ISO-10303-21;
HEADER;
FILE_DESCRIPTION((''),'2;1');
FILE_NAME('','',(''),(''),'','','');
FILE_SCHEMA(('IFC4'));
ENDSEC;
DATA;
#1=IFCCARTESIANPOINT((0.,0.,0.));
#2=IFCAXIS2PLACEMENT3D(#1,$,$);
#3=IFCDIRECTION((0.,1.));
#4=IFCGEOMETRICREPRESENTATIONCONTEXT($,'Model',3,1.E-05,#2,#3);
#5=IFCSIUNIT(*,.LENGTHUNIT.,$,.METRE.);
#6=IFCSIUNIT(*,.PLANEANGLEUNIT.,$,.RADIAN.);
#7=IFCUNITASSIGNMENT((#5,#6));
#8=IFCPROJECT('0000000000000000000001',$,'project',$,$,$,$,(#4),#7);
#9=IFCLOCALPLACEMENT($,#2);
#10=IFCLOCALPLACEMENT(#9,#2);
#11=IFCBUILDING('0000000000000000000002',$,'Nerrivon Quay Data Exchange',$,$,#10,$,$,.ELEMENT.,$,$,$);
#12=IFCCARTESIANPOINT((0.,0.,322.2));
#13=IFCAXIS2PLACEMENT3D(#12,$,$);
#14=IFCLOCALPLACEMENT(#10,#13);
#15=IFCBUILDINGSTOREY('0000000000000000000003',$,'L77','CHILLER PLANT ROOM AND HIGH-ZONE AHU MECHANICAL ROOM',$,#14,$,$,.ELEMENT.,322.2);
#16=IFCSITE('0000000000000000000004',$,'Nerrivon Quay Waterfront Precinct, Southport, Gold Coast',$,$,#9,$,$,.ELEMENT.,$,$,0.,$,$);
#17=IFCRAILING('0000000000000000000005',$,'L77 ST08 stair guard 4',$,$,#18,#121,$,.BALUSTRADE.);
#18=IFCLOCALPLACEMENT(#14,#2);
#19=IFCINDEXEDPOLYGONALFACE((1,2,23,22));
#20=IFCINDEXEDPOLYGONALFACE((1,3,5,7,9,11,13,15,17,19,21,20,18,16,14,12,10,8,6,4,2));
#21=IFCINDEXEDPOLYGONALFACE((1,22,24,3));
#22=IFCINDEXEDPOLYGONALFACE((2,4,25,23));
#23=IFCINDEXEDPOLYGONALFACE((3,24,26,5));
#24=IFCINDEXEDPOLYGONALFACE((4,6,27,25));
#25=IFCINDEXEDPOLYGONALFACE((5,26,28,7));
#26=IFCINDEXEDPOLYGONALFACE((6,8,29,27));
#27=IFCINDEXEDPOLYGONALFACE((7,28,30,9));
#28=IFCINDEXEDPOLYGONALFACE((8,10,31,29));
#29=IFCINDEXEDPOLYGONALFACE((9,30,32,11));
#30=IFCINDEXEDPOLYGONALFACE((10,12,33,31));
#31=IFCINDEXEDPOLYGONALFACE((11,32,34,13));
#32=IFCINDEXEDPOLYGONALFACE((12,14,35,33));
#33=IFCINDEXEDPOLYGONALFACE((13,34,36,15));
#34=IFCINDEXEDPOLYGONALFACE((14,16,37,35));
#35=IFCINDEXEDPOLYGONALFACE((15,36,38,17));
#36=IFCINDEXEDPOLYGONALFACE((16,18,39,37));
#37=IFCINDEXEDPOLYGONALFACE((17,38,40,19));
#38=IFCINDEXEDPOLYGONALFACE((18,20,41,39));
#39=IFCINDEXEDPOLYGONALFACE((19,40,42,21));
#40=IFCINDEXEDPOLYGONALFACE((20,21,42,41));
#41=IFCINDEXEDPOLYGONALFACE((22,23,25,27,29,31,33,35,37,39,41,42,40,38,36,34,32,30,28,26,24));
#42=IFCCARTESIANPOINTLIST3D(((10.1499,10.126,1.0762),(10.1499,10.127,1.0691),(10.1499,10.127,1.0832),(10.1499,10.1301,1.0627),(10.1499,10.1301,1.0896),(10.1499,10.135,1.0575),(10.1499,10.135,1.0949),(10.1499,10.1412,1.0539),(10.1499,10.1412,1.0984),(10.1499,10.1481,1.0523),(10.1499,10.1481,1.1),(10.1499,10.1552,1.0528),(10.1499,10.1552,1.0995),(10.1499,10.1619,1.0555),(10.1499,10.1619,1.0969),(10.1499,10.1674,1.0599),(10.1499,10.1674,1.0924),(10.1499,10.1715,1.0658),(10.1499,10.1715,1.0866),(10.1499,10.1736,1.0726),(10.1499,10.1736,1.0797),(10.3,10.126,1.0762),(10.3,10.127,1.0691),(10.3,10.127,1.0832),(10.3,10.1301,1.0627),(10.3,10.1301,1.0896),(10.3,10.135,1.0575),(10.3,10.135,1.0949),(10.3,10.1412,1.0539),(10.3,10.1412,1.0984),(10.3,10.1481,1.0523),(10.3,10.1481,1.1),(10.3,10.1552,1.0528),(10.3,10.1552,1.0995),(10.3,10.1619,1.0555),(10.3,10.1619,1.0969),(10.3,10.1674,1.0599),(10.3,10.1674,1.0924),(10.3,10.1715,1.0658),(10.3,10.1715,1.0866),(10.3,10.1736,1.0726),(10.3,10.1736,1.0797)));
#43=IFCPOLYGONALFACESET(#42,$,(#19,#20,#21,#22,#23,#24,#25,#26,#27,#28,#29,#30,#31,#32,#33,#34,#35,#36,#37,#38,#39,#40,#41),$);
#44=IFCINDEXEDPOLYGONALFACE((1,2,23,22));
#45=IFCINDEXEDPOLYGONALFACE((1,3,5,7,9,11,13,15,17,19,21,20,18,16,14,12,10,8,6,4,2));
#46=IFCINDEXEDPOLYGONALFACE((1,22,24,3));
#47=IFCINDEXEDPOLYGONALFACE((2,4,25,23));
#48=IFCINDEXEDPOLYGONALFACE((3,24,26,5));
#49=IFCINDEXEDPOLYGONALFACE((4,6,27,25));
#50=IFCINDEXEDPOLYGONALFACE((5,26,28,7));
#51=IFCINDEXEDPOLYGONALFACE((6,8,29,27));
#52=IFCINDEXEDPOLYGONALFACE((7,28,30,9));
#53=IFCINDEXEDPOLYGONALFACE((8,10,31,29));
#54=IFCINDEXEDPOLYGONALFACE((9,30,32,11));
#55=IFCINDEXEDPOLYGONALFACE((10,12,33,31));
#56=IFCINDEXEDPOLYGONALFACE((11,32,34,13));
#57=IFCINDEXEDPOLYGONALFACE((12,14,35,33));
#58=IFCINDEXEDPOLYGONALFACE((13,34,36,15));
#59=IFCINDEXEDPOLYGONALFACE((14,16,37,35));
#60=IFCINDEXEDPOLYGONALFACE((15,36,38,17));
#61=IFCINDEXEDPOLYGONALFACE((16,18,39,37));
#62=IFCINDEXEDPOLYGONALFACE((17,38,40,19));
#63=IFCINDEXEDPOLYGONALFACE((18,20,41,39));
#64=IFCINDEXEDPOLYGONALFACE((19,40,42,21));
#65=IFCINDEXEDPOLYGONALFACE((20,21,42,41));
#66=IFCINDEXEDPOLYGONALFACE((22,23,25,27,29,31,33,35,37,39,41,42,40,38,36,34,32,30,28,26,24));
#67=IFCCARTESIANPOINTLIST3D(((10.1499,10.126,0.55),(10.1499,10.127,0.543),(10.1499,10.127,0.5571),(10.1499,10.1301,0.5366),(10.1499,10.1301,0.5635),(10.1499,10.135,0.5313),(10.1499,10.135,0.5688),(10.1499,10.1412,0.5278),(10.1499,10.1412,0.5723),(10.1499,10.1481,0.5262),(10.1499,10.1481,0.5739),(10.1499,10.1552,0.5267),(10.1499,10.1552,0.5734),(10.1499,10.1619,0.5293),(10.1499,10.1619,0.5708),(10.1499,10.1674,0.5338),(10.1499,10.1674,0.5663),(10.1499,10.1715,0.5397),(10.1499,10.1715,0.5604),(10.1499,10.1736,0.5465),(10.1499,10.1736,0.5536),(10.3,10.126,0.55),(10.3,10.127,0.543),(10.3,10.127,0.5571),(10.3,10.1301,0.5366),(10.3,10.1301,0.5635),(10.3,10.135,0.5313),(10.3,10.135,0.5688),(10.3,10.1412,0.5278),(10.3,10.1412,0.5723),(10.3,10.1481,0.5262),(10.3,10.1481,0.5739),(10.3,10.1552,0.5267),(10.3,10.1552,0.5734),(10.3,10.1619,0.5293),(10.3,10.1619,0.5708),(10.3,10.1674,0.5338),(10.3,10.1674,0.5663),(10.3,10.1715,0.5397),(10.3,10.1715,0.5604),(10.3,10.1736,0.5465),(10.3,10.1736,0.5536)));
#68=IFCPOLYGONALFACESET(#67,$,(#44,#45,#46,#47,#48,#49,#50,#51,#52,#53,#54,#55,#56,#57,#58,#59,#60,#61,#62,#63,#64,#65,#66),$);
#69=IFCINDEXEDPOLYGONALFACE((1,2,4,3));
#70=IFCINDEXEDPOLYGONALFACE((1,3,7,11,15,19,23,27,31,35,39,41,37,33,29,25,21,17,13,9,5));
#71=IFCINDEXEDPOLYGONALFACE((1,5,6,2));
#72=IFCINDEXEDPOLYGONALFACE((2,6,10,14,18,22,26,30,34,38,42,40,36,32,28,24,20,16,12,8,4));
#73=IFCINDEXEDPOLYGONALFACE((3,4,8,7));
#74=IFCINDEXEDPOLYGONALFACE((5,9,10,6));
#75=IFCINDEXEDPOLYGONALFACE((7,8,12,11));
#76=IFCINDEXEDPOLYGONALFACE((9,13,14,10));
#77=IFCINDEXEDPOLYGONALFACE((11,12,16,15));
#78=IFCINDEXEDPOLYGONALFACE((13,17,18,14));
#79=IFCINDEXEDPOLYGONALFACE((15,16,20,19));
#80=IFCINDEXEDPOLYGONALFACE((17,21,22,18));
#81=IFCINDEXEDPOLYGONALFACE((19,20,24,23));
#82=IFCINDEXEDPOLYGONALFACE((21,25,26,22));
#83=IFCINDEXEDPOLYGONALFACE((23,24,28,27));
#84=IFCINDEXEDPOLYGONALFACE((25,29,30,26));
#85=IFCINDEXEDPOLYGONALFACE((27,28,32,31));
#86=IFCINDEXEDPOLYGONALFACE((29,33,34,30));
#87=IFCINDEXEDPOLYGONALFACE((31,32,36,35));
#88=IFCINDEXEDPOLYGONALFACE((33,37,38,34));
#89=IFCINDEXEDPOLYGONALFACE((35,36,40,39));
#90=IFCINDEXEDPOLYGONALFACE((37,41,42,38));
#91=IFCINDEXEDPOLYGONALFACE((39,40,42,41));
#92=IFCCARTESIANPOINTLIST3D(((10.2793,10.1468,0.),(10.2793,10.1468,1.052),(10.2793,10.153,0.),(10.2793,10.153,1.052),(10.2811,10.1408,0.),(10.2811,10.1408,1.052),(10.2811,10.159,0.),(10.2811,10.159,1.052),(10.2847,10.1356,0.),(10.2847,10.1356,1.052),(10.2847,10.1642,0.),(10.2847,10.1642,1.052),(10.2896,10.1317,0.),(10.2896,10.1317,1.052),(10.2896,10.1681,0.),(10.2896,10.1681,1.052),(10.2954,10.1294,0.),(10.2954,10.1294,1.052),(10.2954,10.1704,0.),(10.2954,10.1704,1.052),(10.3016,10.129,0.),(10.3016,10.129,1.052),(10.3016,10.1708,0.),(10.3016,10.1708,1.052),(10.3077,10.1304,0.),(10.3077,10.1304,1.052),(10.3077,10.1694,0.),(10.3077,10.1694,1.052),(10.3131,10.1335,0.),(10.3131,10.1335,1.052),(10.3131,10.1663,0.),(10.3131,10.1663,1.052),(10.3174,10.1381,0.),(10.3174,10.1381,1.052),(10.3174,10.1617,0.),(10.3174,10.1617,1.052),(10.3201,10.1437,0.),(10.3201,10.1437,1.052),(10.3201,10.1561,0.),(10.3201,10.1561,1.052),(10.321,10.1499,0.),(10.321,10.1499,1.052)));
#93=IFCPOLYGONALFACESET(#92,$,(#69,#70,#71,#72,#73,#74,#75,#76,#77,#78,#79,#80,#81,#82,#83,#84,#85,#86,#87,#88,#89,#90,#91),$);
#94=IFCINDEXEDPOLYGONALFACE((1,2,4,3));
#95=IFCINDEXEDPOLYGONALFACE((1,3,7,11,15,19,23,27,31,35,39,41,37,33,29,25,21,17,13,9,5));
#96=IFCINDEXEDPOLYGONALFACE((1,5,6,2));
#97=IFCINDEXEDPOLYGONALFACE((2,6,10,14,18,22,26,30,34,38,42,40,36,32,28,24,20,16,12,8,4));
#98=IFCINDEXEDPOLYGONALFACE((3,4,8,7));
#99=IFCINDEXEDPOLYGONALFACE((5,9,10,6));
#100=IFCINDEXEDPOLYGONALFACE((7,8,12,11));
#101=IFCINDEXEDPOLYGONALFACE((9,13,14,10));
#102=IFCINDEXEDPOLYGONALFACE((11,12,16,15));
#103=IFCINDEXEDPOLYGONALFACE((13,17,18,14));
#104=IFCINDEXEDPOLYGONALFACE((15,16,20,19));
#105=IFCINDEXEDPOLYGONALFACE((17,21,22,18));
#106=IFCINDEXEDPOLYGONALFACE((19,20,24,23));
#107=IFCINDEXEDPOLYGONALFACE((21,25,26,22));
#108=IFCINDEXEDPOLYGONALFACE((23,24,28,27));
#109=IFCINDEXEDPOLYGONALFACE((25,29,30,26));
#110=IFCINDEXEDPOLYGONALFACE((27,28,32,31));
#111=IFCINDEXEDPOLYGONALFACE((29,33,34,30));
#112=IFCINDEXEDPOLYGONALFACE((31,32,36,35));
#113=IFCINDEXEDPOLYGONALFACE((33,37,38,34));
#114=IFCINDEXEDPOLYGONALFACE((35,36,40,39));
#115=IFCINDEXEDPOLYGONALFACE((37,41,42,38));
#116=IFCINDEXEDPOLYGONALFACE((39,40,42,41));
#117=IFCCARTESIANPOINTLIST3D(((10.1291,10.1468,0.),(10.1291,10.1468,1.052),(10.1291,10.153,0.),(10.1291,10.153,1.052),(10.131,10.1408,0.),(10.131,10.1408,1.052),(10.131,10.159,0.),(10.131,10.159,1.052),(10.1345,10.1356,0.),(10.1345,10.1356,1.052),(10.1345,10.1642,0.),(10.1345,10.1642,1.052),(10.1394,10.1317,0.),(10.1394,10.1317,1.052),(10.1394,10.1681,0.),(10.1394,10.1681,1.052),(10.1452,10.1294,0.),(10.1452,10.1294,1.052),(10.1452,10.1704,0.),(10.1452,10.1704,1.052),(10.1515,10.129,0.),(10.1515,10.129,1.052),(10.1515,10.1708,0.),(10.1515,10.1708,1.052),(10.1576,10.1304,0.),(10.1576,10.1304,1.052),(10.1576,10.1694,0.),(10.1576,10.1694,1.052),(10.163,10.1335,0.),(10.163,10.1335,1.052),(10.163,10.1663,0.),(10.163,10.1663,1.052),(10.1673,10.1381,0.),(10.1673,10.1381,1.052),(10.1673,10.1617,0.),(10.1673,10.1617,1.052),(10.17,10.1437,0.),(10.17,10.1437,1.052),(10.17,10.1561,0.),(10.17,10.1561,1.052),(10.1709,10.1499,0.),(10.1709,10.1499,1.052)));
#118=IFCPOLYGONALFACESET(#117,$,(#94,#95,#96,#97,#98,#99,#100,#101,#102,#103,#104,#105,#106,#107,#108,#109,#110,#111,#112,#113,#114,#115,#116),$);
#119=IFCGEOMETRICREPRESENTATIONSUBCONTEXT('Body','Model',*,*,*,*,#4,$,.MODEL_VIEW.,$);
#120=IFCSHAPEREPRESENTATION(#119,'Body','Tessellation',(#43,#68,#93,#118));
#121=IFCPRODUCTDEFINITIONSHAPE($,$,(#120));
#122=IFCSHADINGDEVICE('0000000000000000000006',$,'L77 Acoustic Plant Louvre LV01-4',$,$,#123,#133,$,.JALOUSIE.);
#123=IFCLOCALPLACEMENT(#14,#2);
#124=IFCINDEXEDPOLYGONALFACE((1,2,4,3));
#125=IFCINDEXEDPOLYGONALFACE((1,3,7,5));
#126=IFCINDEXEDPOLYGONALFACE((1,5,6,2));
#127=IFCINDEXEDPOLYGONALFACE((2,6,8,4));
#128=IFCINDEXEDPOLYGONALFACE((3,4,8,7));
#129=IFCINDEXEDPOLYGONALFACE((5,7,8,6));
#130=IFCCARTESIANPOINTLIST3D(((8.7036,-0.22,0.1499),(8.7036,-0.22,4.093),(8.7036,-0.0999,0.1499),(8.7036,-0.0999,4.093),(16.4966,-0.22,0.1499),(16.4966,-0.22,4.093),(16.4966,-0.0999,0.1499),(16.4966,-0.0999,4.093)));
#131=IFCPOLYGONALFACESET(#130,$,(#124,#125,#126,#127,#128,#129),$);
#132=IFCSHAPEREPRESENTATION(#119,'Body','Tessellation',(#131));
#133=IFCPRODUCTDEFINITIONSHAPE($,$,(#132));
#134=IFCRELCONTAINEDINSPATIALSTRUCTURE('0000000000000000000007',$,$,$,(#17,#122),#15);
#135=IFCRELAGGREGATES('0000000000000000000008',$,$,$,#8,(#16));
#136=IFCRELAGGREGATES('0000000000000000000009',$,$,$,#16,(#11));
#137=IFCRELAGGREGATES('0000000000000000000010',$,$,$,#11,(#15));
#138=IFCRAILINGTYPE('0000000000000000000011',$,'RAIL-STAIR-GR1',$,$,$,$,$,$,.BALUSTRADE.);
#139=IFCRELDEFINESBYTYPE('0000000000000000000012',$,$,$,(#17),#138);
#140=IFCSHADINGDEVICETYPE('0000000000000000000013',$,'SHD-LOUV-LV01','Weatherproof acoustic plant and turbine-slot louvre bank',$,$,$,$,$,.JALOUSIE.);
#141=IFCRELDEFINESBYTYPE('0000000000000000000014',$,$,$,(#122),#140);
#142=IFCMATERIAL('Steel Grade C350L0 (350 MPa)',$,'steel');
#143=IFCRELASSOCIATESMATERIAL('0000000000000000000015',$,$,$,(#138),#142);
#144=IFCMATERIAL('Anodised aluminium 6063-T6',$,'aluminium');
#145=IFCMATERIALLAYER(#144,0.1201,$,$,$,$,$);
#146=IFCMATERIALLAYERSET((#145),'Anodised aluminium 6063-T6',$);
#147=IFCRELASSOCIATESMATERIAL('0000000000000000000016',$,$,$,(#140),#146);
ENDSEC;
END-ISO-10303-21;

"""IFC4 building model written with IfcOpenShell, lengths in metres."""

from ifc_helpers import new_model, si_unit, direction, frame, origin, origin_2d, place, context, subcontext, project, spatial, rectangle, circle, extrude, material, layer, layer_set, type_object, element, save


model = new_model("IFC4")

# Units and contexts
model_context = context("Model", 3, precision=1e-05, world=origin(), true_north=direction((0.0, 1.0)))
body_context = subcontext(model_context, "Body", "Model", "MODEL_VIEW")
ifc_project = project(units=[si_unit("LENGTHUNIT", "METRE"), si_unit("PLANEANGLEUNIT", "RADIAN")], contexts=[model_context])

# Site, building, storey
site_placement = place(None, origin())
site = spatial("IfcSite", under=ifc_project, at=site_placement, Name="Nerrivon Quay Waterfront Precinct, Southport, Gold Coast", CompositionType="ELEMENT", RefElevation=0.0)
building_placement = place(site_placement, origin())
building = spatial("IfcBuilding", under=site, at=building_placement, Name="Nerrivon Quay Data Exchange", CompositionType="ELEMENT")
storey_placement = place(building_placement, frame((0.0, 0.0, 322.2)))
storey = spatial("IfcBuildingStorey", under=building, at=storey_placement, Name="L77", Description="CHILLER PLANT ROOM AND HIGH-ZONE AHU MECHANICAL ROOM", CompositionType="ELEMENT", Elevation=322.2)

# Railing
ifc_material_1 = material(Name="Steel Grade C350L0 (350 MPa)", Category="steel")
railing_type_1 = type_object("IfcRailingType", Name="RAIL-STAIR-GR1", PredefinedType="BALUSTRADE", material=ifc_material_1)
railing_1_placement = place(storey_placement, frame((10.3, 10.1499, 0.0)))
element("IfcRailing", 1, at=railing_1_placement, inside=storey, type_object=railing_type_1, Name="L77 ST08 stair guard 4", PredefinedType="BALUSTRADE", context=body_context, shape_type="SweptSolid", body=[
    extrude(circle(Radius=0.0239, at=origin_2d()), frame((0.0, 0.0, 1.0762), z_axis=(-1.0, 0.0, 0.0), x_axis=(0.0, -1.0, 0.0)), (0.0, 0.0, 1.0), 0.1501),
    extrude(circle(Radius=0.0239, at=origin_2d()), frame((0.0, 0.0, 0.55), z_axis=(-1.0, 0.0, 0.0), x_axis=(0.0, -1.0, 0.0)), (0.0, 0.0, 1.0), 0.1501),
    extrude(circle(Radius=0.021, at=origin_2d()), origin(), (0.0, 0.0, 1.0), 1.052),
    extrude(circle(Radius=0.021, at=origin_2d()), frame((-0.1501, 0.0, 0.0)), (0.0, 0.0, 1.0), 1.052),
])

# Shading device
ifc_material_2 = material(Name="Anodised aluminium 6063-T6", Category="aluminium")
ifc_layer_1 = layer(ifc_material_2, 0.1201)
ifc_layer_set_1 = layer_set([ifc_layer_1], Name="Anodised aluminium 6063-T6")
shading_device_type = type_object("IfcShadingDeviceType", Name="SHD-LOUV-LV01", Description="Weatherproof acoustic plant and turbine-slot louvre bank", PredefinedType="JALOUSIE", material=ifc_layer_set_1)
shading_device_placement = place(storey_placement, frame((12.6001, -0.1599, 0.1499), z_axis=(0.0, 0.0, 1.0), x_axis=(-1.0, 0.0, 0.0)))
element("IfcShadingDevice", 2, at=shading_device_placement, inside=storey, type_object=shading_device_type, Name="L77 Acoustic Plant Louvre LV01-4", PredefinedType="JALOUSIE", context=body_context, shape_type="SweptSolid", body=[
    extrude(rectangle(XDim=7.793, YDim=0.1201, at=origin_2d()), origin(), (0.0, 0.0, 1.0), 3.9431),
])

save(model, "model.ifc")
